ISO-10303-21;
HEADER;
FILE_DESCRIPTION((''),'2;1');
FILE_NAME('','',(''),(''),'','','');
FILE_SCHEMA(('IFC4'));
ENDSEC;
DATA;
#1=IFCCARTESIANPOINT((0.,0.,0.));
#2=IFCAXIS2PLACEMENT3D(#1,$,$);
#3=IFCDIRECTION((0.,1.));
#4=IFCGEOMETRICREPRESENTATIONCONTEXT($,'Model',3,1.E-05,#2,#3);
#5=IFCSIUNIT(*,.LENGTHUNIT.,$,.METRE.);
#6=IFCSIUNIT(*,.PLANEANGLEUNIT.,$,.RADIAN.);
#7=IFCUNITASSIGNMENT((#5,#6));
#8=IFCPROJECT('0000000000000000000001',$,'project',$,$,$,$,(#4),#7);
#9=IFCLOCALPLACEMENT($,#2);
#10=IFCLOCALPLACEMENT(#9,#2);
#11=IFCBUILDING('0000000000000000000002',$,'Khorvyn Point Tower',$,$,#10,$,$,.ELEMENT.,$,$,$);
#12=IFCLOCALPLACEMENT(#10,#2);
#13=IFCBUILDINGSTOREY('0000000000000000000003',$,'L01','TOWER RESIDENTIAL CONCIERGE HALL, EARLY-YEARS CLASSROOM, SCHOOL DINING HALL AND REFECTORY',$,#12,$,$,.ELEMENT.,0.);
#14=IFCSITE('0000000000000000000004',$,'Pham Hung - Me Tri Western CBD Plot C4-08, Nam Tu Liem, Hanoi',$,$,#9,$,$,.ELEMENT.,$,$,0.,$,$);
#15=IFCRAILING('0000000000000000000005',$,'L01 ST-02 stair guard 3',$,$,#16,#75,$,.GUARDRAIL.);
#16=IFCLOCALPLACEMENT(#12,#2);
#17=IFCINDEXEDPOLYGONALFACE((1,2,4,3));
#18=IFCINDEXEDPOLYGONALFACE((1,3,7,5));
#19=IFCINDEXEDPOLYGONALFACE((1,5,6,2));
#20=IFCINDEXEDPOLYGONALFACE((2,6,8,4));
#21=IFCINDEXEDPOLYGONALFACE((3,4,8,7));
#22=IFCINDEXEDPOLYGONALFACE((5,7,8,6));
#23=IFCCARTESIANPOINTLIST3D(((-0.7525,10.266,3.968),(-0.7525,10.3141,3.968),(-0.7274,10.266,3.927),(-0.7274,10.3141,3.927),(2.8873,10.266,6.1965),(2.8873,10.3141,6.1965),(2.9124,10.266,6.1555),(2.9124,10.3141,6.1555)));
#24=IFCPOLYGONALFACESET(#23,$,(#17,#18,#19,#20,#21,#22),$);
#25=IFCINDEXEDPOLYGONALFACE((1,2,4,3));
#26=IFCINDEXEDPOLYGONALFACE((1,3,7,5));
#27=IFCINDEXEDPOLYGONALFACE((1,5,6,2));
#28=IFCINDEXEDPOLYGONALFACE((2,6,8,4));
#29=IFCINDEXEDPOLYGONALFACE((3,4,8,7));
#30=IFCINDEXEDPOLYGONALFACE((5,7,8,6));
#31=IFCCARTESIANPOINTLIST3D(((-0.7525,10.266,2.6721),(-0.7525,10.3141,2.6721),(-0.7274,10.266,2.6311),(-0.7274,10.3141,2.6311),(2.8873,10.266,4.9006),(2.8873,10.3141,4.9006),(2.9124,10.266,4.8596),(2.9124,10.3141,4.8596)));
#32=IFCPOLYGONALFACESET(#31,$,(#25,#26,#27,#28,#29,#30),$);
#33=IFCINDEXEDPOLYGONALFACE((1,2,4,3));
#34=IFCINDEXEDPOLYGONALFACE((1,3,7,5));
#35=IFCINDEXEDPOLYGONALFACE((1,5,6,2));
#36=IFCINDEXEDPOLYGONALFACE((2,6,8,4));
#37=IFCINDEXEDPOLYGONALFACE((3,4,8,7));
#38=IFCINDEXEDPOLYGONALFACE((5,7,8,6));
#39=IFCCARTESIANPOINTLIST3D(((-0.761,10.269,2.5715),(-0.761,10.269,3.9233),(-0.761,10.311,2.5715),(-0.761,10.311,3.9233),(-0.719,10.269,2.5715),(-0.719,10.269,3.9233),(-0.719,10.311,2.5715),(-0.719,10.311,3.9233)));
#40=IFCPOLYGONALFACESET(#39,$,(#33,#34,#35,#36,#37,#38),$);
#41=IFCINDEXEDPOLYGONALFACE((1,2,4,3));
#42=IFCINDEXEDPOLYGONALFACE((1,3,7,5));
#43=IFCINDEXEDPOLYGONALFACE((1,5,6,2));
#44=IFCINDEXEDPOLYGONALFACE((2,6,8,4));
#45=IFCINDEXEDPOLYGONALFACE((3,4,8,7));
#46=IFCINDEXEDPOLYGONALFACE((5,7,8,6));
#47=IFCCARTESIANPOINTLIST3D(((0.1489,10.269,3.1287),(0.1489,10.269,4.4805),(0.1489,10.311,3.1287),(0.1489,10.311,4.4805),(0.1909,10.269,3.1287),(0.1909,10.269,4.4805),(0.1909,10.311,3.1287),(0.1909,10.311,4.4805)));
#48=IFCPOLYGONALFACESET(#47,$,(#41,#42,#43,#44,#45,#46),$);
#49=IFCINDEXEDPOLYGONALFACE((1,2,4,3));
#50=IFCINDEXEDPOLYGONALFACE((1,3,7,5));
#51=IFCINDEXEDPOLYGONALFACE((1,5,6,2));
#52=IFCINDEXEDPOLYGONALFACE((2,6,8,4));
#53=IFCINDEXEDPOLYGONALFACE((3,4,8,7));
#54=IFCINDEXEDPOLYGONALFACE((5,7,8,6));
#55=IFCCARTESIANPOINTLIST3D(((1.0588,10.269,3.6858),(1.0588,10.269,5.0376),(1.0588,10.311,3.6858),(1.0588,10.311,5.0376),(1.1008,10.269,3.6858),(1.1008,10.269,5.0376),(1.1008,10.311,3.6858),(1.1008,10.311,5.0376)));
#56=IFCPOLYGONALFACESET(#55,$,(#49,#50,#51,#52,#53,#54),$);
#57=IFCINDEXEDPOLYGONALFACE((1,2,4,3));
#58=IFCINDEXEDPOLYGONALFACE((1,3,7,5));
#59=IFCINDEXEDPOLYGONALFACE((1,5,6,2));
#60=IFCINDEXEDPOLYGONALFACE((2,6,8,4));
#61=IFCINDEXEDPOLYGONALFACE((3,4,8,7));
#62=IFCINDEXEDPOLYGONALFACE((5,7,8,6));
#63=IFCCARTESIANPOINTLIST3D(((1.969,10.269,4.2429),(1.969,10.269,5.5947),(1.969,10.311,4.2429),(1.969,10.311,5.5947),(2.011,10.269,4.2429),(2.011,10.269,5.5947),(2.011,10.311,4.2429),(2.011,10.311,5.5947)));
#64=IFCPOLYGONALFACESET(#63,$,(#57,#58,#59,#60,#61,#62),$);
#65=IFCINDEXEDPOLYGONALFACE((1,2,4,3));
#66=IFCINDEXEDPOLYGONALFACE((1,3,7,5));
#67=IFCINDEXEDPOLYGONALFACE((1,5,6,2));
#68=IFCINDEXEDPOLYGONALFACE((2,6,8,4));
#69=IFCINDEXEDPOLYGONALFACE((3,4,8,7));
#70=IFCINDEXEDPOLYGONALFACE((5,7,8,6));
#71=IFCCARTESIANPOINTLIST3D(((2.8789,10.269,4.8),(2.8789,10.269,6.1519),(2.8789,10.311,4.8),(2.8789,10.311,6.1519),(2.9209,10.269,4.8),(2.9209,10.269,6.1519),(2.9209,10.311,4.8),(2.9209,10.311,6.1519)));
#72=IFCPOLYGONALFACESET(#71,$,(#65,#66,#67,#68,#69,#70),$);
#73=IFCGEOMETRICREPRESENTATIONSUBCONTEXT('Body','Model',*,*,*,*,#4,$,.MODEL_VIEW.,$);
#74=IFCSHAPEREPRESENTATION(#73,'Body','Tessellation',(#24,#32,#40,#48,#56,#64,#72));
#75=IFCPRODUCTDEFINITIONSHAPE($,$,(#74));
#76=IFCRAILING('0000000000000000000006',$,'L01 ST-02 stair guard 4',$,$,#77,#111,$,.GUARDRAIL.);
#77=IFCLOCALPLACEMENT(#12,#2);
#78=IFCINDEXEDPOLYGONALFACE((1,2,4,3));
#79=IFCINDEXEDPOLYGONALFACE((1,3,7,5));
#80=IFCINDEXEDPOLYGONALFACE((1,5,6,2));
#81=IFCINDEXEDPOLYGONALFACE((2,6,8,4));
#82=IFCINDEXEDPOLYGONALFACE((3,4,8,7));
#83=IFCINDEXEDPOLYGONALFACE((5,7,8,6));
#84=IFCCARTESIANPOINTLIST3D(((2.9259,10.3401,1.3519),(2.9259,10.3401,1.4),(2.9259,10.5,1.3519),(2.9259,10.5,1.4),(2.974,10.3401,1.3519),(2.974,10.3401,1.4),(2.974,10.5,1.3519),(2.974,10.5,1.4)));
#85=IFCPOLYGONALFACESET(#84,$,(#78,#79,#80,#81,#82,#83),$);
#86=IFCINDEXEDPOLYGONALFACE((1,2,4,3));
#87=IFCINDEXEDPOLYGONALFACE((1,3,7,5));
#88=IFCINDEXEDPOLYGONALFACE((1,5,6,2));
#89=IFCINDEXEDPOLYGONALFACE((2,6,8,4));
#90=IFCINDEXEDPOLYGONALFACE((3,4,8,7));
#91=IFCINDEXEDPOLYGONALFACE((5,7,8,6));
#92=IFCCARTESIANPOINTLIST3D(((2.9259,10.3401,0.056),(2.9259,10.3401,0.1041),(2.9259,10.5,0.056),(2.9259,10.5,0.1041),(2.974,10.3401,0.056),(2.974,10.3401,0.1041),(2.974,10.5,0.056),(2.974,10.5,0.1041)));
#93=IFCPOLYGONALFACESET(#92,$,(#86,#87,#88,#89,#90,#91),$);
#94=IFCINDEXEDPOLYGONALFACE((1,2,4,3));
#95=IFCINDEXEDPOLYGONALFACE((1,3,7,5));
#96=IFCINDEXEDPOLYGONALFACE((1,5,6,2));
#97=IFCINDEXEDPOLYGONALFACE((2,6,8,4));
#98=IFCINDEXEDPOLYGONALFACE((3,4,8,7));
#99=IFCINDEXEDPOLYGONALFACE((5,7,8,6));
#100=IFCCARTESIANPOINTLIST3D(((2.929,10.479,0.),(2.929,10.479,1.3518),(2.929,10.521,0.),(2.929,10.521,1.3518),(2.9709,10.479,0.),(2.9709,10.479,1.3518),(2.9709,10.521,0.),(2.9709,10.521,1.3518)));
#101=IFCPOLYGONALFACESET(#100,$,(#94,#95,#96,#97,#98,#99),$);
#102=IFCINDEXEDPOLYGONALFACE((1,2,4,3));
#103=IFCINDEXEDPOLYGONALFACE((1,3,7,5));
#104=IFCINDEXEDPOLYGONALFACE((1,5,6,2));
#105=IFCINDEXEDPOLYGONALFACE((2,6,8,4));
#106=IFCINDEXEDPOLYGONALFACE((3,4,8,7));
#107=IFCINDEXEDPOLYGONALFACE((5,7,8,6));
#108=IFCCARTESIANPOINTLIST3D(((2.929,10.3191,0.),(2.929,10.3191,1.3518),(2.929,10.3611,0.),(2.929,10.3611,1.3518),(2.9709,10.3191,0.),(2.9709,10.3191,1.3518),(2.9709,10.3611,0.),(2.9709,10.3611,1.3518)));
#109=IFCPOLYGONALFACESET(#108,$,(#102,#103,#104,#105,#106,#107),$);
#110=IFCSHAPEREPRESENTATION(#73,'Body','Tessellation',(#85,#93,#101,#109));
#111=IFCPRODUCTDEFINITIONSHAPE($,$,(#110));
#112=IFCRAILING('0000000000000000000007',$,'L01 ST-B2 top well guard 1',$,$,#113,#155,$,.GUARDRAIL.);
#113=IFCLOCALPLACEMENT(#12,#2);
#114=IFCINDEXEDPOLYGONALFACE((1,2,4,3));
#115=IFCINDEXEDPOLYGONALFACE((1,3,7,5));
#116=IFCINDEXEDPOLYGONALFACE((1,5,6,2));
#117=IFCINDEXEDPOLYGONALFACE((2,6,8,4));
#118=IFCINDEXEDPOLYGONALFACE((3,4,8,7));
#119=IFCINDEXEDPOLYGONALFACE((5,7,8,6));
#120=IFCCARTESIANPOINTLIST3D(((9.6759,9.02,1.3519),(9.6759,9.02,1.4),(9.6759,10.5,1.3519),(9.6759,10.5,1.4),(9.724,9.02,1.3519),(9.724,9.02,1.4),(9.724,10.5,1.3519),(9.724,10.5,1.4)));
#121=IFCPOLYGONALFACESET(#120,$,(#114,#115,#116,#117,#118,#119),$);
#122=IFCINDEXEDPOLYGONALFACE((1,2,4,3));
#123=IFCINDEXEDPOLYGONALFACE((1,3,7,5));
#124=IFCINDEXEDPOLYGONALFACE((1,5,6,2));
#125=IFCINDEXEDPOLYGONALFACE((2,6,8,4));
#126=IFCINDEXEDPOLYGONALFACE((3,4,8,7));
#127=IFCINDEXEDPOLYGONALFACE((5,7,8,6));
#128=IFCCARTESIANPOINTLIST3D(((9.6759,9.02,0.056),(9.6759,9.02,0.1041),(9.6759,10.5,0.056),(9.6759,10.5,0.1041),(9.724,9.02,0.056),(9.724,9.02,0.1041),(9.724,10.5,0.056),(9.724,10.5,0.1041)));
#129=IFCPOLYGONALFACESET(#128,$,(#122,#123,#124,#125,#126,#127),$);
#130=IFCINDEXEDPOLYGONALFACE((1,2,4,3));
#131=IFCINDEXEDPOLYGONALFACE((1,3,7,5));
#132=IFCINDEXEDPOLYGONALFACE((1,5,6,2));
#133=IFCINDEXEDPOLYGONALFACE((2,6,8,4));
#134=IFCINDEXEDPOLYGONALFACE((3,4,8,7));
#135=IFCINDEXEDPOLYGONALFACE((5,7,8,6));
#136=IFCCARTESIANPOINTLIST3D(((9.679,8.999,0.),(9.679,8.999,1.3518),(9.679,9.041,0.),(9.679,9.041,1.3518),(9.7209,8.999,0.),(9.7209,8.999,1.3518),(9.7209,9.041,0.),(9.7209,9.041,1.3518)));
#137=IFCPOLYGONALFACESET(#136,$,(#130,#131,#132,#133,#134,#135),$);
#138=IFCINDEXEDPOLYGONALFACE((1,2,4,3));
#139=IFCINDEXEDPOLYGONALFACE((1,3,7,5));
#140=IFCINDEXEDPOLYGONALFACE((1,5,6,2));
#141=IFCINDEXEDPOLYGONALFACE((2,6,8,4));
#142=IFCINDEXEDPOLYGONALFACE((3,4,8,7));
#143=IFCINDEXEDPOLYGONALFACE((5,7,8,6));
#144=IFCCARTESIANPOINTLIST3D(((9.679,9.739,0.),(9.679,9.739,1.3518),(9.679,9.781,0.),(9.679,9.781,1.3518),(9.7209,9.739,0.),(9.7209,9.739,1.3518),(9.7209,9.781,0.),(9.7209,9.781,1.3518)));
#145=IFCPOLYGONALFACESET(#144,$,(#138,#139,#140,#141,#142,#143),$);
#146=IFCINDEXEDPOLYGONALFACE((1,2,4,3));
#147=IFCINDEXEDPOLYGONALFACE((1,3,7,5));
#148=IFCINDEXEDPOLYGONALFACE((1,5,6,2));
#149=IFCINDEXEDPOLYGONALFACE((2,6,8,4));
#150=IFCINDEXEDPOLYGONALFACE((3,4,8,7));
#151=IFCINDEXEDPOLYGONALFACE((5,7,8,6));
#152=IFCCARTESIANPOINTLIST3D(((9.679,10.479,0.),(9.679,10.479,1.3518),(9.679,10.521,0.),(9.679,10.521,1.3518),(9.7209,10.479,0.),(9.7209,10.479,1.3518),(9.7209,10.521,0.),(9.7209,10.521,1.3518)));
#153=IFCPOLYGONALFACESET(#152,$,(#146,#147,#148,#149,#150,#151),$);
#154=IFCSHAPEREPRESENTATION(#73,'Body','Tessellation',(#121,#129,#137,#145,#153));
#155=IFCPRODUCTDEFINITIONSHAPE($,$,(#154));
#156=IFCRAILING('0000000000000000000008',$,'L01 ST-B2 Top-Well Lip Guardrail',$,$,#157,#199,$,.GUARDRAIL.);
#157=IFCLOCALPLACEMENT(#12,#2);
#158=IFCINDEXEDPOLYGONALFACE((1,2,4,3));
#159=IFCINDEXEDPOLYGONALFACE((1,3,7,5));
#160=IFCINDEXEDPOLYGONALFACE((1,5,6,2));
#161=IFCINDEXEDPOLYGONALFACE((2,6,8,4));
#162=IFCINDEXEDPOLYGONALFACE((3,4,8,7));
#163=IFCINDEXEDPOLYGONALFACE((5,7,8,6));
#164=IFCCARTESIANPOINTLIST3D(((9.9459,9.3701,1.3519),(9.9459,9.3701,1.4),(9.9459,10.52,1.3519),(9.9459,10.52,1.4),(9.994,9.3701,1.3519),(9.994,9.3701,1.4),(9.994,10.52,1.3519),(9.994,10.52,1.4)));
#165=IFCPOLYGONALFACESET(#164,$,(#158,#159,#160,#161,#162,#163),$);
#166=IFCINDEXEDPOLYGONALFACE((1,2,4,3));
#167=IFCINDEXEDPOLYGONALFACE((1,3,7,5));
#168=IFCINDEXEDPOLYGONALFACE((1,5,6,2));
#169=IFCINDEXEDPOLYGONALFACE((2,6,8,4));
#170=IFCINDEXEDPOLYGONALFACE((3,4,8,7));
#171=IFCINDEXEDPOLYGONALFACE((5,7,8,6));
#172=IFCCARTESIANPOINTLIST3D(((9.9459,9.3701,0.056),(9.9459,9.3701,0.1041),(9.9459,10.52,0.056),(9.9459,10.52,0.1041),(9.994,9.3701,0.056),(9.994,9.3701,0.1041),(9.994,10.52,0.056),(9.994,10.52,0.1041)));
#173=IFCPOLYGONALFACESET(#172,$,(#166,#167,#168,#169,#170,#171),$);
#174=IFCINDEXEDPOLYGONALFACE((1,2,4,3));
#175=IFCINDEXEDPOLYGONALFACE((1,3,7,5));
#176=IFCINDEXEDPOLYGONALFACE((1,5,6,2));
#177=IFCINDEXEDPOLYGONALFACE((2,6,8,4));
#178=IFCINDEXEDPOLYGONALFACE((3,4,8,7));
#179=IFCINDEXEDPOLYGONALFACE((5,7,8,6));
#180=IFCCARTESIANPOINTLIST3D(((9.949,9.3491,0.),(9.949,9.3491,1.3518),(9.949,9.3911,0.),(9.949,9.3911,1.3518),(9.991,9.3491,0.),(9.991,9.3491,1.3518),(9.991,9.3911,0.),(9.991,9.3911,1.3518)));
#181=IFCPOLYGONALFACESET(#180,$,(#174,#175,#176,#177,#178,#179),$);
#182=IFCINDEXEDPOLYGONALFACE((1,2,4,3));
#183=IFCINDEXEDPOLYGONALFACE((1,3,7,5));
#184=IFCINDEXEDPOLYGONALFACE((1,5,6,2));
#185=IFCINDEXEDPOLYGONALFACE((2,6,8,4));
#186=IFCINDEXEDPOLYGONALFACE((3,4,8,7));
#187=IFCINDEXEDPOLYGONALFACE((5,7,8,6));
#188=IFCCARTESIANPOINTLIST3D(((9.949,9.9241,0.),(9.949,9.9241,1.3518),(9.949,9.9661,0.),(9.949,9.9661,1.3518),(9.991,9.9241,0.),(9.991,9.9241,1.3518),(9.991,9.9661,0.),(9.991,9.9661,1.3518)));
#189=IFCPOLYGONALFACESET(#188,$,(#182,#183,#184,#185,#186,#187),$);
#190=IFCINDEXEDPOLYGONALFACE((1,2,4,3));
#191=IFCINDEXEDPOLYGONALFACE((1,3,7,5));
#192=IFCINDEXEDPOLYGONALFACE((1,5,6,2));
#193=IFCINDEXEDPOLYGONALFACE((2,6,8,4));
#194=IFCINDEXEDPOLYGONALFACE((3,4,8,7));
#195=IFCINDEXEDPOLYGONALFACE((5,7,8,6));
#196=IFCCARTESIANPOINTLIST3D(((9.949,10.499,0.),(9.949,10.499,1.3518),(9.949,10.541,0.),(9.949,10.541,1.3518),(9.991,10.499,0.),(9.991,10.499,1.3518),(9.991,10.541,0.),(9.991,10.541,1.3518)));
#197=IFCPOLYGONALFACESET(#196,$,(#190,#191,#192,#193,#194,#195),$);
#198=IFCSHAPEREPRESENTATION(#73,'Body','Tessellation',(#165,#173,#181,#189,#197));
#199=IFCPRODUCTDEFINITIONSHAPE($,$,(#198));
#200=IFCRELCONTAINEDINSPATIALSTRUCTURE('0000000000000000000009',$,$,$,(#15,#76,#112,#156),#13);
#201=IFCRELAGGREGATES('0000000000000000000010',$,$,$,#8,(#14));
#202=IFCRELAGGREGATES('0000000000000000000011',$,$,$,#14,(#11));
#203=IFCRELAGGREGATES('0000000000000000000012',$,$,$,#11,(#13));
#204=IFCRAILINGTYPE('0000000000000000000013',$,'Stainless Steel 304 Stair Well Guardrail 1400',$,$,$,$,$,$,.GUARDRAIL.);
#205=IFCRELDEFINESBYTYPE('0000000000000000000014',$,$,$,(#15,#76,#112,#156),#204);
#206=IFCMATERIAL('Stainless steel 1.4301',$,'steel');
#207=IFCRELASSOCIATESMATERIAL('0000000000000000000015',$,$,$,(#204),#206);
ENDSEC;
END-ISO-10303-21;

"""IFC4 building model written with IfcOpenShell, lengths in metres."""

from ifc_helpers import new_model, si_unit, direction, frame, origin, origin_2d, place, context, subcontext, project, spatial, rectangle, extrude, material, type_object, element, save


model = new_model("IFC4")

# Units and contexts
model_context = context("Model", 3, precision=1e-05, world=origin(), true_north=direction((0.0, 1.0)))
body_context = subcontext(model_context, "Body", "Model", "MODEL_VIEW")
ifc_project = project(units=[si_unit("LENGTHUNIT", "METRE"), si_unit("PLANEANGLEUNIT", "RADIAN")], contexts=[model_context])

# Site, building, storey
site_placement = place(None, origin())
site = spatial("IfcSite", under=ifc_project, at=site_placement, Name="Pham Hung - Me Tri Western CBD Plot C4-08, Nam Tu Liem, Hanoi", CompositionType="ELEMENT", RefElevation=0.0)
building_placement = place(site_placement, origin())
building = spatial("IfcBuilding", under=site, at=building_placement, Name="Khorvyn Point Tower", CompositionType="ELEMENT")
storey_placement = place(building_placement, origin())
storey = spatial("IfcBuildingStorey", under=building, at=storey_placement, Name="L01", Description="TOWER RESIDENTIAL CONCIERGE HALL, EARLY-YEARS CLASSROOM, SCHOOL DINING HALL AND REFECTORY", CompositionType="ELEMENT", Elevation=0.0)

# Railings
ifc_material_1 = material(Name="Stainless steel 1.4301", Category="steel")
railing_type_1 = type_object("IfcRailingType", Name="Stainless Steel 304 Stair Well Guardrail 1400", PredefinedType="GUARDRAIL", material=ifc_material_1)
railing_1_placement = place(storey_placement, frame((-0.74, 10.29, 2.5715)))
element("IfcRailing", 1, at=railing_1_placement, inside=storey, type_object=railing_type_1, Name="L01 ST-02 stair guard 3", PredefinedType="GUARDRAIL", context=body_context, shape_type="SweptSolid", body=[
    extrude(rectangle(XDim=0.0481, YDim=0.0481, at=origin_2d()), frame((0.0, 0.0, 1.376), z_axis=(0.85285, 0.0, 0.522156), x_axis=(0.0, 1.0, 0.0)), (0.0, 0.0, 1.0), 4.2678),
    extrude(rectangle(XDim=0.0481, YDim=0.0481, at=origin_2d()), frame((0.0, 0.0, 0.0801), z_axis=(0.85285, 0.0, 0.522156), x_axis=(0.0, 1.0, 0.0)), (0.0, 0.0, 1.0), 4.2678),
    extrude(rectangle(XDim=0.042, YDim=0.042, at=origin_2d()), origin(), (0.0, 0.0, 1.0), 1.3518),
    extrude(rectangle(XDim=0.042, YDim=0.042, at=origin_2d()), frame((0.9099, 0.0, 0.5571)), (0.0, 0.0, 1.0), 1.3518),
    extrude(rectangle(XDim=0.042, YDim=0.042, at=origin_2d()), frame((1.8198, 0.0, 1.1143)), (0.0, 0.0, 1.0), 1.3518),
    extrude(rectangle(XDim=0.042, YDim=0.042, at=origin_2d()), frame((2.73, 0.0, 1.6714)), (0.0, 0.0, 1.0), 1.3518),
    extrude(rectangle(XDim=0.042, YDim=0.042, at=origin_2d()), frame((3.6399, 0.0, 2.2285)), (0.0, 0.0, 1.0), 1.3518),
])
railing_2_placement = place(storey_placement, frame((2.95, 10.5, 0.0)))
element("IfcRailing", 2, at=railing_2_placement, inside=storey, type_object=railing_type_1, Name="L01 ST-02 stair guard 4", PredefinedType="GUARDRAIL", context=body_context, shape_type="SweptSolid", body=[
    extrude(rectangle(XDim=0.0481, YDim=0.0481, at=origin_2d()), frame((0.0, 0.0, 1.376), z_axis=(0.0, -1.0, 0.0), x_axis=(1.0, 0.0, 0.0)), (0.0, 0.0, 1.0), 0.1599),
    extrude(rectangle(XDim=0.0481, YDim=0.0481, at=origin_2d()), frame((0.0, 0.0, 0.0801), z_axis=(0.0, -1.0, 0.0), x_axis=(1.0, 0.0, 0.0)), (0.0, 0.0, 1.0), 0.1599),
    extrude(rectangle(XDim=0.042, YDim=0.042, at=origin_2d()), origin(), (0.0, 0.0, 1.0), 1.3518),
    extrude(rectangle(XDim=0.042, YDim=0.042, at=origin_2d()), frame((0.0, -0.1599, 0.0)), (0.0, 0.0, 1.0), 1.3518),
])
railing_3_placement = place(storey_placement, frame((9.7, 9.02, 0.0)))
element("IfcRailing", 3, at=railing_3_placement, inside=storey, type_object=railing_type_1, Name="L01 ST-B2 top well guard 1", PredefinedType="GUARDRAIL", context=body_context, shape_type="SweptSolid", body=[
    extrude(rectangle(XDim=0.0481, YDim=0.0481, at=origin_2d()), frame((0.0, 0.0, 1.376), z_axis=(0.0, 1.0, 0.0), x_axis=(-1.0, 0.0, 0.0)), (0.0, 0.0, 1.0), 1.48),
    extrude(rectangle(XDim=0.0481, YDim=0.0481, at=origin_2d()), frame((0.0, 0.0, 0.0801), z_axis=(0.0, 1.0, 0.0), x_axis=(-1.0, 0.0, 0.0)), (0.0, 0.0, 1.0), 1.48),
    extrude(rectangle(XDim=0.042, YDim=0.042, at=origin_2d()), origin(), (0.0, 0.0, 1.0), 1.3518),
    extrude(rectangle(XDim=0.042, YDim=0.042, at=origin_2d()), frame((0.0, 0.74, 0.0)), (0.0, 0.0, 1.0), 1.3518),
    extrude(rectangle(XDim=0.042, YDim=0.042, at=origin_2d()), frame((0.0, 1.48, 0.0)), (0.0, 0.0, 1.0), 1.3518),
])
railing_4_placement = place(storey_placement, frame((9.97, 9.3701, 0.0)))
element("IfcRailing", 4, at=railing_4_placement, inside=storey, type_object=railing_type_1, Name="L01 ST-B2 Top-Well Lip Guardrail", PredefinedType="GUARDRAIL", context=body_context, shape_type="SweptSolid", body=[
    extrude(rectangle(XDim=0.0481, YDim=0.0481, at=origin_2d()), frame((0.0, 0.0, 1.376), z_axis=(0.0, 1.0, 0.0), x_axis=(-1.0, 0.0, 0.0)), (0.0, 0.0, 1.0), 1.1499),
    extrude(rectangle(XDim=0.0481, YDim=0.0481, at=origin_2d()), frame((0.0, 0.0, 0.0801), z_axis=(0.0, 1.0, 0.0), x_axis=(-1.0, 0.0, 0.0)), (0.0, 0.0, 1.0), 1.1499),
    extrude(rectangle(XDim=0.042, YDim=0.042, at=origin_2d()), origin(), (0.0, 0.0, 1.0), 1.3518),
    extrude(rectangle(XDim=0.042, YDim=0.042, at=origin_2d()), frame((0.0, 0.575, 0.0)), (0.0, 0.0, 1.0), 1.3518),
    extrude(rectangle(XDim=0.042, YDim=0.042, at=origin_2d()), frame((0.0, 1.1499, 0.0)), (0.0, 0.0, 1.0), 1.3518),
])

save(model, "model.ifc")
